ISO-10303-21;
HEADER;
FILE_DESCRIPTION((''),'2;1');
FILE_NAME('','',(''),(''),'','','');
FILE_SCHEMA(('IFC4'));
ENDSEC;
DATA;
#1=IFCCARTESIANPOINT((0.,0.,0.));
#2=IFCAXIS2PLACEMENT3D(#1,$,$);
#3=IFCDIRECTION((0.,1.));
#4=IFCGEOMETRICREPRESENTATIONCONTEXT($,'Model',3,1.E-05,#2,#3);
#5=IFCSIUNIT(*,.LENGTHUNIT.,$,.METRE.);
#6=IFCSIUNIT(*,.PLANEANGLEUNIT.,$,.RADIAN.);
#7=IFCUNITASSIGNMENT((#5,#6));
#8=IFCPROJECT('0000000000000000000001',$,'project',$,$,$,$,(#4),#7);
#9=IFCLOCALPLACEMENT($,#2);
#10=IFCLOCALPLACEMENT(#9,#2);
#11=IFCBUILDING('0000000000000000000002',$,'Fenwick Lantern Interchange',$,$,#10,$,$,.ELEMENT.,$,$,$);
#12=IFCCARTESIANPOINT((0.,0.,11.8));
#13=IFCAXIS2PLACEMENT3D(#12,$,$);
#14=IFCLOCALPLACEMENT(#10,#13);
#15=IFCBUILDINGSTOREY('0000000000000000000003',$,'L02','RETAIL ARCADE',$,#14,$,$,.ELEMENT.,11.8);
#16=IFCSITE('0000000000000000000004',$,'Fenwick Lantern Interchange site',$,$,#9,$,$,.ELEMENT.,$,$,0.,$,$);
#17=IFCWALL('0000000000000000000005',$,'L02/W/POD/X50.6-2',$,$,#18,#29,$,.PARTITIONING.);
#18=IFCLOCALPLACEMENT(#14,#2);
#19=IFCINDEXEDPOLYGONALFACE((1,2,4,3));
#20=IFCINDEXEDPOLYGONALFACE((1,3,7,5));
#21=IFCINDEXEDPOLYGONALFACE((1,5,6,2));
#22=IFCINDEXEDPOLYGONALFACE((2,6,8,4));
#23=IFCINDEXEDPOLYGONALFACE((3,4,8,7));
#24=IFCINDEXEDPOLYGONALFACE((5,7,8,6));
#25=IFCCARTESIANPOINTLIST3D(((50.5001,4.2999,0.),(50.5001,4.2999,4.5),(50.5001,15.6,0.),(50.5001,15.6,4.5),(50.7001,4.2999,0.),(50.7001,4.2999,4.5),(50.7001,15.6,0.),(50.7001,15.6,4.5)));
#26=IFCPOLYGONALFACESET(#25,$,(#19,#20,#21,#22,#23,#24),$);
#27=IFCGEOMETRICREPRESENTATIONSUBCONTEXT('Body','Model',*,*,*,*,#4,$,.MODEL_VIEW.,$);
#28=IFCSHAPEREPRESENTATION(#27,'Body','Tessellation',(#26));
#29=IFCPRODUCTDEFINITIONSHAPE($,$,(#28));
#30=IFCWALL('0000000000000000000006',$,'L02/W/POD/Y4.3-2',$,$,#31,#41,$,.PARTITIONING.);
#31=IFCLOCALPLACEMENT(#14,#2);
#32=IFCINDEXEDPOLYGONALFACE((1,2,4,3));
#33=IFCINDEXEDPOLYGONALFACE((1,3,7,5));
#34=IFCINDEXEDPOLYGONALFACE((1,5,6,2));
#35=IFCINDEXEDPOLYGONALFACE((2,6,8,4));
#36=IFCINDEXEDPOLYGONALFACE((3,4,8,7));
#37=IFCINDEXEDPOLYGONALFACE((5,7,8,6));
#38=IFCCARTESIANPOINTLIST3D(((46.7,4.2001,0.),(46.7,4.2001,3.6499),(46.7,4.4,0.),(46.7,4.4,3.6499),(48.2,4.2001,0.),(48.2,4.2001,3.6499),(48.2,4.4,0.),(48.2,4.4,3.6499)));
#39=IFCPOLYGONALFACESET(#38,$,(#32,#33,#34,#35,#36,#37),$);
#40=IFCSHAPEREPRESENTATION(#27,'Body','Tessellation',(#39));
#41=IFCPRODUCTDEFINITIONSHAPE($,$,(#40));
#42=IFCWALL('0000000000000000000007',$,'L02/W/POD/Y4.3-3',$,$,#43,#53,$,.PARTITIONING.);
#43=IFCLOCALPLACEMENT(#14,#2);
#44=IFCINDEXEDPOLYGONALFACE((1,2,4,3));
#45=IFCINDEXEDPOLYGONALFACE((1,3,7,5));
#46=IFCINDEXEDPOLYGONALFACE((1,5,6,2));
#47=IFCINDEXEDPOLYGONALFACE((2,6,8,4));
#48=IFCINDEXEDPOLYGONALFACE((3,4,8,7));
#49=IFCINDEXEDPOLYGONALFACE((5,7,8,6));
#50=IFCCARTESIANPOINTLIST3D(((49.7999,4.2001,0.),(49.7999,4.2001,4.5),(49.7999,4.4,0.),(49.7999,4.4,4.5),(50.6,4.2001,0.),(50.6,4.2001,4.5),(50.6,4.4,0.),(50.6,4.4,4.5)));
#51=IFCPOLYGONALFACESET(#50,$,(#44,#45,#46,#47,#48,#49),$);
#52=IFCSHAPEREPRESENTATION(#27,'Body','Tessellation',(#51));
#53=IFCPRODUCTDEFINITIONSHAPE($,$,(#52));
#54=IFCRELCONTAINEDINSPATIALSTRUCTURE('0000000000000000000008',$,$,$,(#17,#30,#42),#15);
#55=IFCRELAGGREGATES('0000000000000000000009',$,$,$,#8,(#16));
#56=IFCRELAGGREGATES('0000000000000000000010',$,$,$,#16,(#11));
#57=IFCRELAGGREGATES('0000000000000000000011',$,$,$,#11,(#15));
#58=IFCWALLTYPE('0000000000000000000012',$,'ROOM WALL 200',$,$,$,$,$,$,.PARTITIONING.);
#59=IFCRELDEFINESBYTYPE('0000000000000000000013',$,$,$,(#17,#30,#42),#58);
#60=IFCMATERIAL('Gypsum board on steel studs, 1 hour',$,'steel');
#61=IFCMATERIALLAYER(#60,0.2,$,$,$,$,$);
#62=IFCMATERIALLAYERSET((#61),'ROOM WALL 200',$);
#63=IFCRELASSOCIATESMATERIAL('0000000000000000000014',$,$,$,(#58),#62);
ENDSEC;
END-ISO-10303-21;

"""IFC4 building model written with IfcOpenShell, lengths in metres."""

from ifc_helpers import new_model, si_unit, direction, frame, frame_2d, origin, place, context, subcontext, project, spatial, rectangle, extrude, material, layer, layer_set, type_object, element, save


model = new_model("IFC4")

# Units and contexts
model_context = context("Model", 3, precision=1e-05, world=origin(), true_north=direction((0.0, 1.0)))
body_context = subcontext(model_context, "Body", "Model", "MODEL_VIEW")
ifc_project = project(units=[si_unit("LENGTHUNIT", "METRE"), si_unit("PLANEANGLEUNIT", "RADIAN")], contexts=[model_context])

# Site, building, storey
site_placement = place(None, origin())
site = spatial("IfcSite", under=ifc_project, at=site_placement, Name="Fenwick Lantern Interchange site", CompositionType="ELEMENT", RefElevation=0.0)
building_placement = place(site_placement, origin())
building = spatial("IfcBuilding", under=site, at=building_placement, Name="Fenwick Lantern Interchange", CompositionType="ELEMENT")
storey_placement = place(building_placement, frame((0.0, 0.0, 11.8)))
storey = spatial("IfcBuildingStorey", under=building, at=storey_placement, Name="L02", Description="RETAIL ARCADE", CompositionType="ELEMENT", Elevation=11.8)

# Walls
ifc_material_1 = material(Name="Gypsum board on steel studs, 1 hour", Category="steel")
ifc_layer = layer(ifc_material_1, 0.2)
ifc_layer_set = layer_set([ifc_layer], Name="ROOM WALL 200")
wall_type = type_object("IfcWallType", Name="ROOM WALL 200", PredefinedType="PARTITIONING", material=ifc_layer_set)
wall_1_placement = place(storey_placement, frame((50.6001, 4.3, 0.0), z_axis=(0.0, 0.0, 1.0), x_axis=(0.0, 1.0, 0.0)))
element("IfcWall", 1, at=wall_1_placement, inside=storey, type_object=wall_type, Name="L02/W/POD/X50.6-2", PredefinedType="PARTITIONING", context=body_context, shape_type="SweptSolid", body=[
    extrude(rectangle(XDim=11.3, YDim=0.2, at=frame_2d((5.6499, 0.0))), origin(), (0.0, 0.0, 1.0), 4.5),
])
wall_2_placement = place(storey_placement, frame((46.7, 4.3, 0.0), z_axis=(0.0, 0.0, 1.0), x_axis=(1.0, 0.0, 0.0)))
element("IfcWall", 2, at=wall_2_placement, inside=storey, type_object=wall_type, Name="L02/W/POD/Y4.3-2", PredefinedType="PARTITIONING", context=body_context, shape_type="SweptSolid", body=[
    extrude(rectangle(XDim=1.5, YDim=0.2, at=frame_2d((0.75, 0.0))), origin(), (0.0, 0.0, 1.0), 3.6499),
])
wall_3_placement = place(storey_placement, frame((49.8, 4.3, 0.0), z_axis=(0.0, 0.0, 1.0), x_axis=(1.0, 0.0, 0.0)))
element("IfcWall", 3, at=wall_3_placement, inside=storey, type_object=wall_type, Name="L02/W/POD/Y4.3-3", PredefinedType="PARTITIONING", context=body_context, shape_type="SweptSolid", body=[
    extrude(rectangle(XDim=0.8, YDim=0.2, at=frame_2d((0.3999, 0.0))), origin(), (0.0, 0.0, 1.0), 4.5),
])

save(model, "model.ifc")
